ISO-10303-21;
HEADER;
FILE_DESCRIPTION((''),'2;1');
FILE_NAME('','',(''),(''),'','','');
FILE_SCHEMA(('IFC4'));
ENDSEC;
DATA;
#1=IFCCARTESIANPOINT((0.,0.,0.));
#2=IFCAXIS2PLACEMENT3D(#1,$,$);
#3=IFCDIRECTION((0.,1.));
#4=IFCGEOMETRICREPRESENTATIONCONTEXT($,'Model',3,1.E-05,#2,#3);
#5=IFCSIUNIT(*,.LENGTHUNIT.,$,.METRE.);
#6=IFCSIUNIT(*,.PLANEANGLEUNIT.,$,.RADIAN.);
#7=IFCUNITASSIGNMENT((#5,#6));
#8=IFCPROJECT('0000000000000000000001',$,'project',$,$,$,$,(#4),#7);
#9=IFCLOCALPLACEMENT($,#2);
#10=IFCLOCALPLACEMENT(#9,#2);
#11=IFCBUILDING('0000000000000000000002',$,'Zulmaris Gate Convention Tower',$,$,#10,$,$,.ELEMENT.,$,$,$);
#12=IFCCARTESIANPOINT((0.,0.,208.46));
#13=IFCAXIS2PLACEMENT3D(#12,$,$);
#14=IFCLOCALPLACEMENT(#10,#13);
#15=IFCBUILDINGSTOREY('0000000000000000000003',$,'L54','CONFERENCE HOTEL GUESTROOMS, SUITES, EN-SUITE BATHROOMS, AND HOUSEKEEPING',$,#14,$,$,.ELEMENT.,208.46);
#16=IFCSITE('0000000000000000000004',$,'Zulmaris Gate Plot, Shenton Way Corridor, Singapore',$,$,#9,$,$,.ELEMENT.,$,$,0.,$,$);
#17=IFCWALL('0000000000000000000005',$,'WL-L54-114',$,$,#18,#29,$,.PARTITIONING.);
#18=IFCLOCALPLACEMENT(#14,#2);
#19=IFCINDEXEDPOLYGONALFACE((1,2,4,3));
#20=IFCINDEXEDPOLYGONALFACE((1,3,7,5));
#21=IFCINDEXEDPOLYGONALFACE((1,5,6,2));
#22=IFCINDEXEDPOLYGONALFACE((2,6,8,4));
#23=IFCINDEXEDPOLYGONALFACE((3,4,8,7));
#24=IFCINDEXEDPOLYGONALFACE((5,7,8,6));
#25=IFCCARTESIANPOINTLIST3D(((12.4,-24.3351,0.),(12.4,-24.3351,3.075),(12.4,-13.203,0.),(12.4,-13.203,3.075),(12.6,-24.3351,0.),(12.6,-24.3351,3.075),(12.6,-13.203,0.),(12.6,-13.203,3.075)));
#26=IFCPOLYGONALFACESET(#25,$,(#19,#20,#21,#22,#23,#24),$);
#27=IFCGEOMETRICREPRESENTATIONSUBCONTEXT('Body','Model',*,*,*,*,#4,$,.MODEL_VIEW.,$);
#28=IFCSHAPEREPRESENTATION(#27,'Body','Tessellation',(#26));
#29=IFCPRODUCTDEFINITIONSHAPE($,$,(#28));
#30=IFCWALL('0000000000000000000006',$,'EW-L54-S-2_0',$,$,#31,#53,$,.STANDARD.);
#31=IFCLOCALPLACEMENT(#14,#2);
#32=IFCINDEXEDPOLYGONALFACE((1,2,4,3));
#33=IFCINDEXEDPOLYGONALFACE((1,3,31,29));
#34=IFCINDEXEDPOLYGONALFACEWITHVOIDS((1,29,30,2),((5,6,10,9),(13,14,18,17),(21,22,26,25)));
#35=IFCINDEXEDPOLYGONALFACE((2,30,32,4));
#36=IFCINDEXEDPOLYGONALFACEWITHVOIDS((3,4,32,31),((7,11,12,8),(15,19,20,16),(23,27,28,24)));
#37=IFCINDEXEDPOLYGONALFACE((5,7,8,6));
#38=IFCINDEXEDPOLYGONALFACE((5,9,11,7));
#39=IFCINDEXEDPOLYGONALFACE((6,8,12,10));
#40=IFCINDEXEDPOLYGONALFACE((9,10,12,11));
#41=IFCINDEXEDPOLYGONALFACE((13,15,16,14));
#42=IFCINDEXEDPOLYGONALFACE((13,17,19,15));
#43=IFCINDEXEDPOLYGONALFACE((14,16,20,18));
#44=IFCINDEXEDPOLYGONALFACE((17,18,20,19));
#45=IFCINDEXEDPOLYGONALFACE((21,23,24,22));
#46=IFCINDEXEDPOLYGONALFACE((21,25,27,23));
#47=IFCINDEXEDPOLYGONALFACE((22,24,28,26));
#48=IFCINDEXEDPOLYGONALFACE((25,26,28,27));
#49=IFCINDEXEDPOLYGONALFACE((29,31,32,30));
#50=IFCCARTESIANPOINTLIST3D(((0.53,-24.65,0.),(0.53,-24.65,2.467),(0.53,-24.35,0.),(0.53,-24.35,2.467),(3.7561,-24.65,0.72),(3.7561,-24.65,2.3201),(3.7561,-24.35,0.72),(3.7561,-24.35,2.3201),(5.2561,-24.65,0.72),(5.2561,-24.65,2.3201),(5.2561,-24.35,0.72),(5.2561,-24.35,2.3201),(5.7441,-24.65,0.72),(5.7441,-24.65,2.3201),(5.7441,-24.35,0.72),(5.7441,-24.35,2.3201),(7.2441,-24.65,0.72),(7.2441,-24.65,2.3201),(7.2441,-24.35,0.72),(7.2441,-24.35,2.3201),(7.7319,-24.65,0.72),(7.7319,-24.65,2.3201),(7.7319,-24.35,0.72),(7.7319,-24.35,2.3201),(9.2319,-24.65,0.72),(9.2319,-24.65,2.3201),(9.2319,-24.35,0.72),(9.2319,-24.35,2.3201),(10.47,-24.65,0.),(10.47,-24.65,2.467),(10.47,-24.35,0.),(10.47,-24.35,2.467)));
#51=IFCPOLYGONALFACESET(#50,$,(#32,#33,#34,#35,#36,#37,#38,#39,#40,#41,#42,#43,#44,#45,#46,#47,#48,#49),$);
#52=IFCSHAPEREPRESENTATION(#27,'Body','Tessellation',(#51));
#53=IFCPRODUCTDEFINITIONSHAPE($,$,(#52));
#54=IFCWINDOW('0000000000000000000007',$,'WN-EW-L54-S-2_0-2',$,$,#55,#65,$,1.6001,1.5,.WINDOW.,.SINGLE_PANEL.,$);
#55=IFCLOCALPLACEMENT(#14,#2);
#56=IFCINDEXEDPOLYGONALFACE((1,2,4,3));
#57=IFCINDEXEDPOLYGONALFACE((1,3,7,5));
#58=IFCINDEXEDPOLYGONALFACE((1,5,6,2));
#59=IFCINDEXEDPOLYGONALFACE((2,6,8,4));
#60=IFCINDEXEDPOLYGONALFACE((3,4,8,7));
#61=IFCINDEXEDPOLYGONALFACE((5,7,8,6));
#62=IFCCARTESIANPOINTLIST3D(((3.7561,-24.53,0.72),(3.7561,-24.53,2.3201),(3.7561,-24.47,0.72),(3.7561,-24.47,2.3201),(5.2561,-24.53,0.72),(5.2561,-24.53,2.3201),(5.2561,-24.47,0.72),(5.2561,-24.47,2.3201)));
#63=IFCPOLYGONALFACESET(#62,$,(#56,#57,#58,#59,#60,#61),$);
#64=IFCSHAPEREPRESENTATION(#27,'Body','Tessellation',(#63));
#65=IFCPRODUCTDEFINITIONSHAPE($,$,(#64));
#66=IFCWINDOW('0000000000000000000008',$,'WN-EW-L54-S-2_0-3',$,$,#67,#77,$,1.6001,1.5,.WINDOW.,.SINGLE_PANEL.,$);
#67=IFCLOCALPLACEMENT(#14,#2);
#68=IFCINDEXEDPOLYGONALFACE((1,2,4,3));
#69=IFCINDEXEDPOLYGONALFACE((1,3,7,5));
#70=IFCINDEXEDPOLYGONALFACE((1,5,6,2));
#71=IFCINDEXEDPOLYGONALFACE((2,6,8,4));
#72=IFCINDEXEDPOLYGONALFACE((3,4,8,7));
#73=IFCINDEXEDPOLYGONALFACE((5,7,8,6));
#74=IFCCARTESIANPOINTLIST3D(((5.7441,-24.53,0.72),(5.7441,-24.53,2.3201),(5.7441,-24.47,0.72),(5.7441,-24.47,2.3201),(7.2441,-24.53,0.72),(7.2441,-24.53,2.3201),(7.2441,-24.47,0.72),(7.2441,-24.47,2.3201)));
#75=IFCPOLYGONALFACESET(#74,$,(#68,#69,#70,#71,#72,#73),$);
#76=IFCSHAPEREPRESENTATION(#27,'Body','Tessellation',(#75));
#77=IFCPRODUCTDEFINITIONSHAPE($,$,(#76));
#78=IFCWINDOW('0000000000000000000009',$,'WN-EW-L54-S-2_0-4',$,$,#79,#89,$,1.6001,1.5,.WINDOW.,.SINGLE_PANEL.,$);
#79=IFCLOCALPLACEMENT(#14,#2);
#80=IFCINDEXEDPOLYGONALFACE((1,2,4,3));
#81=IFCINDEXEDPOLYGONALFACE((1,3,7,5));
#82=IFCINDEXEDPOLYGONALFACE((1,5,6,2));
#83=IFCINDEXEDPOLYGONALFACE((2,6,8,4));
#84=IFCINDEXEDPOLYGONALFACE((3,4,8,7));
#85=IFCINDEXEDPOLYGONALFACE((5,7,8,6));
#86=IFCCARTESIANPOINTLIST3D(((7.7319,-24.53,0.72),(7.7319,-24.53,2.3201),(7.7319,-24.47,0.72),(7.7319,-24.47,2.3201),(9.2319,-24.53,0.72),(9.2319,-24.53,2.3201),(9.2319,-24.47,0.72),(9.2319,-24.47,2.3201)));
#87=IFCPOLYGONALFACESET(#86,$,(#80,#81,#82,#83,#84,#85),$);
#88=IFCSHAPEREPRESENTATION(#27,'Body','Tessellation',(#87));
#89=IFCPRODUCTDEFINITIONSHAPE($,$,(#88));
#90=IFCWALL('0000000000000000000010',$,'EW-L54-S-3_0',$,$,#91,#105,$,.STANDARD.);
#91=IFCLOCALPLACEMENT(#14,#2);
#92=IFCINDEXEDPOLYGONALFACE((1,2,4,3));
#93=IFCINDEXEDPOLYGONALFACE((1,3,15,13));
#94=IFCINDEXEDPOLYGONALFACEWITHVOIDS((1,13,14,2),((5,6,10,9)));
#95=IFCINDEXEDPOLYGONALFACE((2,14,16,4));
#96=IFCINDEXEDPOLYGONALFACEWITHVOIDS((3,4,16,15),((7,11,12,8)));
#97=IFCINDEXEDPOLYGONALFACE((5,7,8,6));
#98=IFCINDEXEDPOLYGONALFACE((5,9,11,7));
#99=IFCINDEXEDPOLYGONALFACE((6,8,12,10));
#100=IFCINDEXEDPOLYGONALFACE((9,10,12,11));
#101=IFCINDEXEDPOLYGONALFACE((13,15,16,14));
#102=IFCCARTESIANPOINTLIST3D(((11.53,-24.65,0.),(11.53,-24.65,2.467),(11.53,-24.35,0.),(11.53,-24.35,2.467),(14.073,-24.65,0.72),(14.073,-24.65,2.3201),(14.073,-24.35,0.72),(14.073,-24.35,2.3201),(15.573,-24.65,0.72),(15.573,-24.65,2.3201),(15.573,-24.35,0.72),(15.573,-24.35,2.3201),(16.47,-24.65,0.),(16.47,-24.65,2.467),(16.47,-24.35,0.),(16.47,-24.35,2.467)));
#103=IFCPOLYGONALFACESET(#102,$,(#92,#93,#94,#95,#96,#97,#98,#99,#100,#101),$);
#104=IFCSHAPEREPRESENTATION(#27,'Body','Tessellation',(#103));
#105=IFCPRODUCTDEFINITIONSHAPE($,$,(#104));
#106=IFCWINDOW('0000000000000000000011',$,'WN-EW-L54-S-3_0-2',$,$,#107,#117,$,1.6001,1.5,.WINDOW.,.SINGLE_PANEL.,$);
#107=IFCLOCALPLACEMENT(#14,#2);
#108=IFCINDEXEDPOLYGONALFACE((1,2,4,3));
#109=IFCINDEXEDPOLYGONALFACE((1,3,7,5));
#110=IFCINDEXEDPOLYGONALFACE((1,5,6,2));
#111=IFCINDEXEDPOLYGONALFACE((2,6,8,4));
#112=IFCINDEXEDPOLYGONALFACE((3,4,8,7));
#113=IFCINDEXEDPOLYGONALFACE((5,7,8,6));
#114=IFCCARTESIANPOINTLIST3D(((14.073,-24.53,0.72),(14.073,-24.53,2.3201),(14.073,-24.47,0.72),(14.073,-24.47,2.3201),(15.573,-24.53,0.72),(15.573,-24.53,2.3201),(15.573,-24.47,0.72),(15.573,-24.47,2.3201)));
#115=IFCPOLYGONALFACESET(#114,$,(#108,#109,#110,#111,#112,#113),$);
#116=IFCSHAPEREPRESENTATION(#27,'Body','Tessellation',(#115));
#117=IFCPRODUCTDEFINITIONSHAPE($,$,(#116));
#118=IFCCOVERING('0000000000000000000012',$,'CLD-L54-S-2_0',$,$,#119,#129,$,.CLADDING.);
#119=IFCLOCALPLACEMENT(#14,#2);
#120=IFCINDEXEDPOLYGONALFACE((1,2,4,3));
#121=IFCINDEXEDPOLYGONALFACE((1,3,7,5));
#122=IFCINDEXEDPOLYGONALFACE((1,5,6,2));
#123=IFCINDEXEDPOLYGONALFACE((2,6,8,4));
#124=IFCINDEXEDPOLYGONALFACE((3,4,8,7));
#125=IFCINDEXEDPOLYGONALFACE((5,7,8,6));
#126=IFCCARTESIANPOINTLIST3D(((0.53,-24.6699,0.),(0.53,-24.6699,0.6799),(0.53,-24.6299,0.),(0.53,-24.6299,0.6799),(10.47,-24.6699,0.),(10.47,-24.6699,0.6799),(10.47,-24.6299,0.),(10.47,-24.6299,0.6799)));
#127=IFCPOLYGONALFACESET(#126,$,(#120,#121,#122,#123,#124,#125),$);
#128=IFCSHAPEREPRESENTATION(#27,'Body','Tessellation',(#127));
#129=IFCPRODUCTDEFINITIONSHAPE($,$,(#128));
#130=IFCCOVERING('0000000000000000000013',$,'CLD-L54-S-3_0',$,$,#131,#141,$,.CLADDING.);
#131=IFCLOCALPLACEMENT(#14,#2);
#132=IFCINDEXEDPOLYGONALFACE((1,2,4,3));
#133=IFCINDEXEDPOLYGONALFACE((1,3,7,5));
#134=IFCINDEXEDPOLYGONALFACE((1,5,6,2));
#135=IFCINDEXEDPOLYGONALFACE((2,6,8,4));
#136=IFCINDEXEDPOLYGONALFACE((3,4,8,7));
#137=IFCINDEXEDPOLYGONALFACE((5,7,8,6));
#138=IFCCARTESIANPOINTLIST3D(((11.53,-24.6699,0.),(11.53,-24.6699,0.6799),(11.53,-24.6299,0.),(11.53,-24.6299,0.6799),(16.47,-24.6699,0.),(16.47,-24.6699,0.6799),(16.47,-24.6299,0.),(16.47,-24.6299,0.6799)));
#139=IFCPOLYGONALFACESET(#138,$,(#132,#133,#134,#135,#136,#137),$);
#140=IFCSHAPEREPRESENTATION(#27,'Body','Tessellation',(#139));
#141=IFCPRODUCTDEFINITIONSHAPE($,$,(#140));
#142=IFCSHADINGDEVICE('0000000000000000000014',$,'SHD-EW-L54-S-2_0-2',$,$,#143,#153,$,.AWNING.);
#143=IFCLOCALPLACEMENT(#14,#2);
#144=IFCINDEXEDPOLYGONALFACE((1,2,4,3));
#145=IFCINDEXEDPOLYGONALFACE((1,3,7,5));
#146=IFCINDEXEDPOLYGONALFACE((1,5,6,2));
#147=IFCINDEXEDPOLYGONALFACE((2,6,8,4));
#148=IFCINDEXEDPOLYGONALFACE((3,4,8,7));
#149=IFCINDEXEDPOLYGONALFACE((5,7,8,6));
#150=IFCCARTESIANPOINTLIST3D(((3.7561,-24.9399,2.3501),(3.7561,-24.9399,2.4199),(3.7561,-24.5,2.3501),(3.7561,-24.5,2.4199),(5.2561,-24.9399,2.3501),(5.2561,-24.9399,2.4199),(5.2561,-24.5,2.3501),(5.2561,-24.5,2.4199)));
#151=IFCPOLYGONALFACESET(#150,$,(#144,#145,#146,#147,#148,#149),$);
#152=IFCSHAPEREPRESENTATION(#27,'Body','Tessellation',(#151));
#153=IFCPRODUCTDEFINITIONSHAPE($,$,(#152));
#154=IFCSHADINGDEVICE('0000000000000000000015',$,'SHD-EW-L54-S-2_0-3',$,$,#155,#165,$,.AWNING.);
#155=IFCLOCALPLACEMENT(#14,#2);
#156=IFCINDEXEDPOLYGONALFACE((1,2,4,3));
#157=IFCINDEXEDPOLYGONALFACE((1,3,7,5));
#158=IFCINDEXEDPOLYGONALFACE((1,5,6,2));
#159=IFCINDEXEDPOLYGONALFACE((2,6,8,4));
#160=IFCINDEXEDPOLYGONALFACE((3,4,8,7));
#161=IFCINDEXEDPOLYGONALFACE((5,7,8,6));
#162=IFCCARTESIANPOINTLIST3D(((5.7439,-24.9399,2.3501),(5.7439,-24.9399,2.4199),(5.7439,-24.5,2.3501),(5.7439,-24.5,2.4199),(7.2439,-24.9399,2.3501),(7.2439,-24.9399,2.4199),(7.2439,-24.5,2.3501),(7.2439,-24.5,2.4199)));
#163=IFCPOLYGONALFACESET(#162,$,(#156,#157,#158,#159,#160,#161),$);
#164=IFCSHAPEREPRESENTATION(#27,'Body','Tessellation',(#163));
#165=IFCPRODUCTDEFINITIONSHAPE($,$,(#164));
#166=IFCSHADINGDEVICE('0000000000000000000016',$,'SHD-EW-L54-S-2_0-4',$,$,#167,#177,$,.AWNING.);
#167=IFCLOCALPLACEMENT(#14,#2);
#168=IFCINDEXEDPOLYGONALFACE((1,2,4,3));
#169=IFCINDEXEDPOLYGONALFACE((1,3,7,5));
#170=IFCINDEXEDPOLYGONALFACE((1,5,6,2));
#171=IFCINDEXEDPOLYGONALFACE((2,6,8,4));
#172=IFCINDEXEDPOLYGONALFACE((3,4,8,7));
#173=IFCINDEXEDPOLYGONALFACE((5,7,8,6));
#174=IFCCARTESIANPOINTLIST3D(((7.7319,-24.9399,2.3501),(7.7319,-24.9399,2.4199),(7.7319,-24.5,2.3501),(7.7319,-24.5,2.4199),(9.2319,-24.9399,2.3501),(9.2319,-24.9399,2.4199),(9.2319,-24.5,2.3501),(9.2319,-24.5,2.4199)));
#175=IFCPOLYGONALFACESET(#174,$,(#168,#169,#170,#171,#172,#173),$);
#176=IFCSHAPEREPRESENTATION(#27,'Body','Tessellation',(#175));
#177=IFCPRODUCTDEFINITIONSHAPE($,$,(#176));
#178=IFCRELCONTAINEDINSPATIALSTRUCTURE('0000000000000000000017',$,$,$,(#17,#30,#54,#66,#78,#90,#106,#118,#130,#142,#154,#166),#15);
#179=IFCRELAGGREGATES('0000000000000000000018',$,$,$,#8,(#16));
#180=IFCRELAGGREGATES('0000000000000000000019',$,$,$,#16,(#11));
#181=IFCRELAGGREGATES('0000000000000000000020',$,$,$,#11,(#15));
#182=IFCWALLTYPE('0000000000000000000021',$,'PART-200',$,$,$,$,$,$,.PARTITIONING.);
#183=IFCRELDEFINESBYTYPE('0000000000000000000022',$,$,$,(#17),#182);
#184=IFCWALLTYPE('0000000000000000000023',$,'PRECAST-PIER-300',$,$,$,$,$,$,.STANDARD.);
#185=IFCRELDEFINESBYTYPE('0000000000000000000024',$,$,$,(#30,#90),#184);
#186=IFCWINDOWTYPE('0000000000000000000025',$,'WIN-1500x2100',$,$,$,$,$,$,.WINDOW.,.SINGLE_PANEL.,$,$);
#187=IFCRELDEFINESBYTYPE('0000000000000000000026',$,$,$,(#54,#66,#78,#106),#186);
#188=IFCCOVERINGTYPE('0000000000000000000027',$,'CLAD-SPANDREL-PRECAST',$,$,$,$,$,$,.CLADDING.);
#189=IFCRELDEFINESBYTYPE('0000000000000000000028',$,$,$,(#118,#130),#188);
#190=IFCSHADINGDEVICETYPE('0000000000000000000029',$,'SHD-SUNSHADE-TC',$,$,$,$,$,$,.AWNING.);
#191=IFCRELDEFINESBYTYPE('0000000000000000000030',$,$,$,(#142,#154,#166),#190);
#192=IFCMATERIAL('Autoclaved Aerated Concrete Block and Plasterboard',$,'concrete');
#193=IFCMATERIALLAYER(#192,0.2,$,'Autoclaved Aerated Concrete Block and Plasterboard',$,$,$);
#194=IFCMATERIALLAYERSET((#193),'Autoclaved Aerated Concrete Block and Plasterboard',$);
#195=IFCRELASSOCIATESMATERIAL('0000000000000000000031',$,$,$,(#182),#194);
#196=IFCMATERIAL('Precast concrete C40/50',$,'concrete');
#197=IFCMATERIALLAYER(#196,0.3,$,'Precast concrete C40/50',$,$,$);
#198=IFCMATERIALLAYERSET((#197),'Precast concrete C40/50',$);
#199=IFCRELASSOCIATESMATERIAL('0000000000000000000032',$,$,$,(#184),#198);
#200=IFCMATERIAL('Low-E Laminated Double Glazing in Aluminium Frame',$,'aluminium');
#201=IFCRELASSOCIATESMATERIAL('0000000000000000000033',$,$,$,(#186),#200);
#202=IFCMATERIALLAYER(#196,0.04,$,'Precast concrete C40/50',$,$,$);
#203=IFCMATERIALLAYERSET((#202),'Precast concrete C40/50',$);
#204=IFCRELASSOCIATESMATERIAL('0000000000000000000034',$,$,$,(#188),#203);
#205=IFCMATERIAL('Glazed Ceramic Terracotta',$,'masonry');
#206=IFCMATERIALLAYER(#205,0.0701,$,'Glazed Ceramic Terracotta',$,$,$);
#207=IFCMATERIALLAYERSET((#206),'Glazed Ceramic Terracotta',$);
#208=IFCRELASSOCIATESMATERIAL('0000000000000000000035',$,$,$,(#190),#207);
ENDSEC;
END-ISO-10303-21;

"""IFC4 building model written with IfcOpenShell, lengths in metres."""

from ifc_helpers import new_model, si_unit, direction, frame, frame_2d, origin, place, context, subcontext, project, spatial, rectangle, extrude, material, layer, layer_set, type_object, element, fill, save


model = new_model("IFC4")

# Units and contexts
model_context = context("Model", 3, precision=1e-05, world=origin(), true_north=direction((0.0, 1.0)))
body_context = subcontext(model_context, "Body", "Model", "MODEL_VIEW")
ifc_project = project(units=[si_unit("LENGTHUNIT", "METRE"), si_unit("PLANEANGLEUNIT", "RADIAN")], contexts=[model_context])

# Site, building, storey
site_placement = place(None, origin())
site = spatial("IfcSite", under=ifc_project, at=site_placement, Name="Zulmaris Gate Plot, Shenton Way Corridor, Singapore", CompositionType="ELEMENT", RefElevation=0.0)
building_placement = place(site_placement, origin())
building = spatial("IfcBuilding", under=site, at=building_placement, Name="Zulmaris Gate Convention Tower", CompositionType="ELEMENT")
storey_placement = place(building_placement, frame((0.0, 0.0, 208.46)))
storey = spatial("IfcBuildingStorey", under=building, at=storey_placement, Name="L54", Description="CONFERENCE HOTEL GUESTROOMS, SUITES, EN-SUITE BATHROOMS, AND HOUSEKEEPING", CompositionType="ELEMENT", Elevation=208.46)

# Wall
ifc_material_1 = material(Name="Autoclaved Aerated Concrete Block and Plasterboard", Category="concrete")
ifc_layer_1 = layer(ifc_material_1, 0.2, Name="Autoclaved Aerated Concrete Block and Plasterboard")
ifc_layer_set_1 = layer_set([ifc_layer_1], Name="Autoclaved Aerated Concrete Block and Plasterboard")
wall_type_1 = type_object("IfcWallType", Name="PART-200", PredefinedType="PARTITIONING", material=ifc_layer_set_1)
wall_1_placement = place(storey_placement, frame((12.5, -24.335, 0.0), z_axis=(0.0, 0.0, 1.0), x_axis=(0.0, 1.0, 0.0)))
element("IfcWall", 1, at=wall_1_placement, inside=storey, type_object=wall_type_1, Name="WL-L54-114", PredefinedType="PARTITIONING", context=body_context, shape_type="SweptSolid", body=[
    extrude(rectangle(XDim=11.1321, YDim=0.2, at=frame_2d((5.5659, 0.0))), origin(), (0.0, 0.0, 1.0), 3.075),
])

# Wall, openings, windows
ifc_material_2 = material(Name="Precast concrete C40/50", Category="concrete")
ifc_layer_2 = layer(ifc_material_2, 0.3, Name="Precast concrete C40/50")
ifc_layer_set_2 = layer_set([ifc_layer_2], Name="Precast concrete C40/50")
wall_type_2 = type_object("IfcWallType", Name="PRECAST-PIER-300", PredefinedType="STANDARD", material=ifc_layer_set_2)
wall_2_placement = place(storey_placement, frame((0.53, -24.5, 0.0), z_axis=(0.0, 0.0, 1.0), x_axis=(1.0, 0.0, 0.0)))
wall_2 = element("IfcWall", 2, at=wall_2_placement, inside=storey, type_object=wall_type_2, Name="EW-L54-S-2_0", PredefinedType="STANDARD", context=body_context, shape_type="SweptSolid", body=[
    extrude(rectangle(XDim=9.9399, YDim=0.3, at=frame_2d((4.97, 0.0))), origin(), (0.0, 0.0, 1.0), 2.467),
])
opening_1_placement = place(wall_2_placement, frame((3.2261, 0.0, 0.72)))
opening_1 = element("IfcOpeningElement", 3, at=opening_1_placement, cuts=wall_2, PredefinedType="OPENING", context=body_context, shape_type="SweptSolid", body=[
    extrude(rectangle(XDim=1.5, YDim=1.6001, at=frame_2d((0.75, 0.8))), frame((0.0, 0.1602, 0.0), z_axis=(0.0, -1.0, 0.0), x_axis=(1.0, 0.0, 0.0)), (0.0, 0.0, 1.0), 0.3201),
])
opening_2_placement = place(wall_2_placement, frame((5.2141, 0.0, 0.72)))
opening_2 = element("IfcOpeningElement", 4, at=opening_2_placement, cuts=wall_2, PredefinedType="OPENING", context=body_context, shape_type="SweptSolid", body=[
    extrude(rectangle(XDim=1.5, YDim=1.6001, at=frame_2d((0.75, 0.8))), frame((0.0, 0.1602, 0.0), z_axis=(0.0, -1.0, 0.0), x_axis=(1.0, 0.0, 0.0)), (0.0, 0.0, 1.0), 0.3201),
])
opening_3_placement = place(wall_2_placement, frame((7.2019, 0.0, 0.72)))
opening_3 = element("IfcOpeningElement", 5, at=opening_3_placement, cuts=wall_2, PredefinedType="OPENING", context=body_context, shape_type="SweptSolid", body=[
    extrude(rectangle(XDim=1.5, YDim=1.6001, at=frame_2d((0.75, 0.8))), frame((0.0, 0.1602, 0.0), z_axis=(0.0, -1.0, 0.0), x_axis=(1.0, 0.0, 0.0)), (0.0, 0.0, 1.0), 0.3201),
])
ifc_material_3 = material(Name="Low-E Laminated Double Glazing in Aluminium Frame", Category="aluminium")
window_type = type_object("IfcWindowType", Name="WIN-1500x2100", PartitioningType="SINGLE_PANEL", PredefinedType="WINDOW", material=ifc_material_3)
window_1_placement = place(opening_1_placement, origin())
window_1 = element("IfcWindow", 6, at=window_1_placement, inside=storey, type_object=window_type, Name="WN-EW-L54-S-2_0-2", OverallHeight=1.6001, OverallWidth=1.5, PartitioningType="SINGLE_PANEL", PredefinedType="WINDOW", context=body_context, shape_type="SweptSolid", body=[
    extrude(rectangle(XDim=1.5, YDim=1.6001, at=frame_2d((0.75, 0.8))), frame((0.0, 0.03, 0.0), z_axis=(0.0, -1.0, 0.0), x_axis=(1.0, 0.0, 0.0)), (0.0, 0.0, 1.0), 0.0601),
])
fill(opening_1, window_1)
window_2_placement = place(opening_2_placement, origin())
window_2 = element("IfcWindow", 7, at=window_2_placement, inside=storey, type_object=window_type, Name="WN-EW-L54-S-2_0-3", OverallHeight=1.6001, OverallWidth=1.5, PartitioningType="SINGLE_PANEL", PredefinedType="WINDOW", context=body_context, shape_type="SweptSolid", body=[
    extrude(rectangle(XDim=1.5, YDim=1.6001, at=frame_2d((0.75, 0.8))), frame((0.0, 0.03, 0.0), z_axis=(0.0, -1.0, 0.0), x_axis=(1.0, 0.0, 0.0)), (0.0, 0.0, 1.0), 0.0601),
])
fill(opening_2, window_2)
window_3_placement = place(opening_3_placement, origin())
window_3 = element("IfcWindow", 8, at=window_3_placement, inside=storey, type_object=window_type, Name="WN-EW-L54-S-2_0-4", OverallHeight=1.6001, OverallWidth=1.5, PartitioningType="SINGLE_PANEL", PredefinedType="WINDOW", context=body_context, shape_type="SweptSolid", body=[
    extrude(rectangle(XDim=1.5, YDim=1.6001, at=frame_2d((0.75, 0.8))), frame((0.0, 0.03, 0.0), z_axis=(0.0, -1.0, 0.0), x_axis=(1.0, 0.0, 0.0)), (0.0, 0.0, 1.0), 0.0601),
])
fill(opening_3, window_3)

# Wall, opening, window
wall_3_placement = place(storey_placement, frame((11.53, -24.5, 0.0), z_axis=(0.0, 0.0, 1.0), x_axis=(1.0, 0.0, 0.0)))
wall_3 = element("IfcWall", 9, at=wall_3_placement, inside=storey, type_object=wall_type_2, Name="EW-L54-S-3_0", PredefinedType="STANDARD", context=body_context, shape_type="SweptSolid", body=[
    extrude(rectangle(XDim=4.9399, YDim=0.3, at=frame_2d((2.47, 0.0))), origin(), (0.0, 0.0, 1.0), 2.467),
])
opening_4_placement = place(wall_3_placement, frame((2.543, 0.0, 0.72)))
opening_4 = element("IfcOpeningElement", 10, at=opening_4_placement, cuts=wall_3, PredefinedType="OPENING", context=body_context, shape_type="SweptSolid", body=[
    extrude(rectangle(XDim=1.5, YDim=1.6001, at=frame_2d((0.75, 0.8))), frame((0.0, 0.1602, 0.0), z_axis=(0.0, -1.0, 0.0), x_axis=(1.0, 0.0, 0.0)), (0.0, 0.0, 1.0), 0.3201),
])
window_4_placement = place(opening_4_placement, origin())
window_4 = element("IfcWindow", 11, at=window_4_placement, inside=storey, type_object=window_type, Name="WN-EW-L54-S-3_0-2", OverallHeight=1.6001, OverallWidth=1.5, PartitioningType="SINGLE_PANEL", PredefinedType="WINDOW", context=body_context, shape_type="SweptSolid", body=[
    extrude(rectangle(XDim=1.5, YDim=1.6001, at=frame_2d((0.75, 0.8))), frame((0.0, 0.03, 0.0), z_axis=(0.0, -1.0, 0.0), x_axis=(1.0, 0.0, 0.0)), (0.0, 0.0, 1.0), 0.0601),
])
fill(opening_4, window_4)

# Coverings
ifc_layer_3 = layer(ifc_material_2, 0.04, Name="Precast concrete C40/50")
ifc_layer_set_3 = layer_set([ifc_layer_3], Name="Precast concrete C40/50")
covering_type = type_object("IfcCoveringType", Name="CLAD-SPANDREL-PRECAST", PredefinedType="CLADDING", material=ifc_layer_set_3)
covering_1_placement = place(storey_placement, frame((0.53, -24.6499, 0.0), z_axis=(0.0, 0.0, 1.0), x_axis=(1.0, 0.0, 0.0)))
element("IfcCovering", 12, at=covering_1_placement, inside=storey, type_object=covering_type, Name="CLD-L54-S-2_0", PredefinedType="CLADDING", context=body_context, shape_type="SweptSolid", body=[
    extrude(rectangle(XDim=9.9399, YDim=0.04, at=frame_2d((4.97, 0.0))), origin(), (0.0, 0.0, 1.0), 0.6799),
])
covering_2_placement = place(storey_placement, frame((11.53, -24.6499, 0.0), z_axis=(0.0, 0.0, 1.0), x_axis=(1.0, 0.0, 0.0)))
element("IfcCovering", 13, at=covering_2_placement, inside=storey, type_object=covering_type, Name="CLD-L54-S-3_0", PredefinedType="CLADDING", context=body_context, shape_type="SweptSolid", body=[
    extrude(rectangle(XDim=4.9399, YDim=0.04, at=frame_2d((2.47, 0.0))), origin(), (0.0, 0.0, 1.0), 0.6799),
])

# Shading devices
ifc_material_4 = material(Name="Glazed Ceramic Terracotta", Category="masonry")
ifc_layer_4 = layer(ifc_material_4, 0.0701, Name="Glazed Ceramic Terracotta")
ifc_layer_set_4 = layer_set([ifc_layer_4], Name="Glazed Ceramic Terracotta")
shading_device_type = type_object("IfcShadingDeviceType", Name="SHD-SUNSHADE-TC", PredefinedType="AWNING", material=ifc_layer_set_4)
for number, where, z_axis, x_axis, name in (
    (14, (3.7561, -24.72, 2.3501), (0.0, 0.0, 1.0), (1.0, 0.0, 0.0), "SHD-EW-L54-S-2_0-2"),
    (15, (5.7439, -24.72, 2.3501), (0.0, 0.0, 1.0), (1.0, 0.0, 0.0), "SHD-EW-L54-S-2_0-3"),
    (16, (7.7319, -24.72, 2.3501), (0.0, 0.0, 1.0), (1.0, 0.0, 0.0), "SHD-EW-L54-S-2_0-4"),
):
    element("IfcShadingDevice", number, at=place(storey_placement, frame(where, z_axis=z_axis, x_axis=x_axis)), inside=storey, type_object=shading_device_type, Name=name, PredefinedType="AWNING", context=body_context, shape_type="SweptSolid", body=[
        extrude(rectangle(XDim=1.5, YDim=0.4399, at=frame_2d((0.75, 0.0))), origin(), (0.0, 0.0, 1.0), 0.0698),
    ])

save(model, "model.ifc")
